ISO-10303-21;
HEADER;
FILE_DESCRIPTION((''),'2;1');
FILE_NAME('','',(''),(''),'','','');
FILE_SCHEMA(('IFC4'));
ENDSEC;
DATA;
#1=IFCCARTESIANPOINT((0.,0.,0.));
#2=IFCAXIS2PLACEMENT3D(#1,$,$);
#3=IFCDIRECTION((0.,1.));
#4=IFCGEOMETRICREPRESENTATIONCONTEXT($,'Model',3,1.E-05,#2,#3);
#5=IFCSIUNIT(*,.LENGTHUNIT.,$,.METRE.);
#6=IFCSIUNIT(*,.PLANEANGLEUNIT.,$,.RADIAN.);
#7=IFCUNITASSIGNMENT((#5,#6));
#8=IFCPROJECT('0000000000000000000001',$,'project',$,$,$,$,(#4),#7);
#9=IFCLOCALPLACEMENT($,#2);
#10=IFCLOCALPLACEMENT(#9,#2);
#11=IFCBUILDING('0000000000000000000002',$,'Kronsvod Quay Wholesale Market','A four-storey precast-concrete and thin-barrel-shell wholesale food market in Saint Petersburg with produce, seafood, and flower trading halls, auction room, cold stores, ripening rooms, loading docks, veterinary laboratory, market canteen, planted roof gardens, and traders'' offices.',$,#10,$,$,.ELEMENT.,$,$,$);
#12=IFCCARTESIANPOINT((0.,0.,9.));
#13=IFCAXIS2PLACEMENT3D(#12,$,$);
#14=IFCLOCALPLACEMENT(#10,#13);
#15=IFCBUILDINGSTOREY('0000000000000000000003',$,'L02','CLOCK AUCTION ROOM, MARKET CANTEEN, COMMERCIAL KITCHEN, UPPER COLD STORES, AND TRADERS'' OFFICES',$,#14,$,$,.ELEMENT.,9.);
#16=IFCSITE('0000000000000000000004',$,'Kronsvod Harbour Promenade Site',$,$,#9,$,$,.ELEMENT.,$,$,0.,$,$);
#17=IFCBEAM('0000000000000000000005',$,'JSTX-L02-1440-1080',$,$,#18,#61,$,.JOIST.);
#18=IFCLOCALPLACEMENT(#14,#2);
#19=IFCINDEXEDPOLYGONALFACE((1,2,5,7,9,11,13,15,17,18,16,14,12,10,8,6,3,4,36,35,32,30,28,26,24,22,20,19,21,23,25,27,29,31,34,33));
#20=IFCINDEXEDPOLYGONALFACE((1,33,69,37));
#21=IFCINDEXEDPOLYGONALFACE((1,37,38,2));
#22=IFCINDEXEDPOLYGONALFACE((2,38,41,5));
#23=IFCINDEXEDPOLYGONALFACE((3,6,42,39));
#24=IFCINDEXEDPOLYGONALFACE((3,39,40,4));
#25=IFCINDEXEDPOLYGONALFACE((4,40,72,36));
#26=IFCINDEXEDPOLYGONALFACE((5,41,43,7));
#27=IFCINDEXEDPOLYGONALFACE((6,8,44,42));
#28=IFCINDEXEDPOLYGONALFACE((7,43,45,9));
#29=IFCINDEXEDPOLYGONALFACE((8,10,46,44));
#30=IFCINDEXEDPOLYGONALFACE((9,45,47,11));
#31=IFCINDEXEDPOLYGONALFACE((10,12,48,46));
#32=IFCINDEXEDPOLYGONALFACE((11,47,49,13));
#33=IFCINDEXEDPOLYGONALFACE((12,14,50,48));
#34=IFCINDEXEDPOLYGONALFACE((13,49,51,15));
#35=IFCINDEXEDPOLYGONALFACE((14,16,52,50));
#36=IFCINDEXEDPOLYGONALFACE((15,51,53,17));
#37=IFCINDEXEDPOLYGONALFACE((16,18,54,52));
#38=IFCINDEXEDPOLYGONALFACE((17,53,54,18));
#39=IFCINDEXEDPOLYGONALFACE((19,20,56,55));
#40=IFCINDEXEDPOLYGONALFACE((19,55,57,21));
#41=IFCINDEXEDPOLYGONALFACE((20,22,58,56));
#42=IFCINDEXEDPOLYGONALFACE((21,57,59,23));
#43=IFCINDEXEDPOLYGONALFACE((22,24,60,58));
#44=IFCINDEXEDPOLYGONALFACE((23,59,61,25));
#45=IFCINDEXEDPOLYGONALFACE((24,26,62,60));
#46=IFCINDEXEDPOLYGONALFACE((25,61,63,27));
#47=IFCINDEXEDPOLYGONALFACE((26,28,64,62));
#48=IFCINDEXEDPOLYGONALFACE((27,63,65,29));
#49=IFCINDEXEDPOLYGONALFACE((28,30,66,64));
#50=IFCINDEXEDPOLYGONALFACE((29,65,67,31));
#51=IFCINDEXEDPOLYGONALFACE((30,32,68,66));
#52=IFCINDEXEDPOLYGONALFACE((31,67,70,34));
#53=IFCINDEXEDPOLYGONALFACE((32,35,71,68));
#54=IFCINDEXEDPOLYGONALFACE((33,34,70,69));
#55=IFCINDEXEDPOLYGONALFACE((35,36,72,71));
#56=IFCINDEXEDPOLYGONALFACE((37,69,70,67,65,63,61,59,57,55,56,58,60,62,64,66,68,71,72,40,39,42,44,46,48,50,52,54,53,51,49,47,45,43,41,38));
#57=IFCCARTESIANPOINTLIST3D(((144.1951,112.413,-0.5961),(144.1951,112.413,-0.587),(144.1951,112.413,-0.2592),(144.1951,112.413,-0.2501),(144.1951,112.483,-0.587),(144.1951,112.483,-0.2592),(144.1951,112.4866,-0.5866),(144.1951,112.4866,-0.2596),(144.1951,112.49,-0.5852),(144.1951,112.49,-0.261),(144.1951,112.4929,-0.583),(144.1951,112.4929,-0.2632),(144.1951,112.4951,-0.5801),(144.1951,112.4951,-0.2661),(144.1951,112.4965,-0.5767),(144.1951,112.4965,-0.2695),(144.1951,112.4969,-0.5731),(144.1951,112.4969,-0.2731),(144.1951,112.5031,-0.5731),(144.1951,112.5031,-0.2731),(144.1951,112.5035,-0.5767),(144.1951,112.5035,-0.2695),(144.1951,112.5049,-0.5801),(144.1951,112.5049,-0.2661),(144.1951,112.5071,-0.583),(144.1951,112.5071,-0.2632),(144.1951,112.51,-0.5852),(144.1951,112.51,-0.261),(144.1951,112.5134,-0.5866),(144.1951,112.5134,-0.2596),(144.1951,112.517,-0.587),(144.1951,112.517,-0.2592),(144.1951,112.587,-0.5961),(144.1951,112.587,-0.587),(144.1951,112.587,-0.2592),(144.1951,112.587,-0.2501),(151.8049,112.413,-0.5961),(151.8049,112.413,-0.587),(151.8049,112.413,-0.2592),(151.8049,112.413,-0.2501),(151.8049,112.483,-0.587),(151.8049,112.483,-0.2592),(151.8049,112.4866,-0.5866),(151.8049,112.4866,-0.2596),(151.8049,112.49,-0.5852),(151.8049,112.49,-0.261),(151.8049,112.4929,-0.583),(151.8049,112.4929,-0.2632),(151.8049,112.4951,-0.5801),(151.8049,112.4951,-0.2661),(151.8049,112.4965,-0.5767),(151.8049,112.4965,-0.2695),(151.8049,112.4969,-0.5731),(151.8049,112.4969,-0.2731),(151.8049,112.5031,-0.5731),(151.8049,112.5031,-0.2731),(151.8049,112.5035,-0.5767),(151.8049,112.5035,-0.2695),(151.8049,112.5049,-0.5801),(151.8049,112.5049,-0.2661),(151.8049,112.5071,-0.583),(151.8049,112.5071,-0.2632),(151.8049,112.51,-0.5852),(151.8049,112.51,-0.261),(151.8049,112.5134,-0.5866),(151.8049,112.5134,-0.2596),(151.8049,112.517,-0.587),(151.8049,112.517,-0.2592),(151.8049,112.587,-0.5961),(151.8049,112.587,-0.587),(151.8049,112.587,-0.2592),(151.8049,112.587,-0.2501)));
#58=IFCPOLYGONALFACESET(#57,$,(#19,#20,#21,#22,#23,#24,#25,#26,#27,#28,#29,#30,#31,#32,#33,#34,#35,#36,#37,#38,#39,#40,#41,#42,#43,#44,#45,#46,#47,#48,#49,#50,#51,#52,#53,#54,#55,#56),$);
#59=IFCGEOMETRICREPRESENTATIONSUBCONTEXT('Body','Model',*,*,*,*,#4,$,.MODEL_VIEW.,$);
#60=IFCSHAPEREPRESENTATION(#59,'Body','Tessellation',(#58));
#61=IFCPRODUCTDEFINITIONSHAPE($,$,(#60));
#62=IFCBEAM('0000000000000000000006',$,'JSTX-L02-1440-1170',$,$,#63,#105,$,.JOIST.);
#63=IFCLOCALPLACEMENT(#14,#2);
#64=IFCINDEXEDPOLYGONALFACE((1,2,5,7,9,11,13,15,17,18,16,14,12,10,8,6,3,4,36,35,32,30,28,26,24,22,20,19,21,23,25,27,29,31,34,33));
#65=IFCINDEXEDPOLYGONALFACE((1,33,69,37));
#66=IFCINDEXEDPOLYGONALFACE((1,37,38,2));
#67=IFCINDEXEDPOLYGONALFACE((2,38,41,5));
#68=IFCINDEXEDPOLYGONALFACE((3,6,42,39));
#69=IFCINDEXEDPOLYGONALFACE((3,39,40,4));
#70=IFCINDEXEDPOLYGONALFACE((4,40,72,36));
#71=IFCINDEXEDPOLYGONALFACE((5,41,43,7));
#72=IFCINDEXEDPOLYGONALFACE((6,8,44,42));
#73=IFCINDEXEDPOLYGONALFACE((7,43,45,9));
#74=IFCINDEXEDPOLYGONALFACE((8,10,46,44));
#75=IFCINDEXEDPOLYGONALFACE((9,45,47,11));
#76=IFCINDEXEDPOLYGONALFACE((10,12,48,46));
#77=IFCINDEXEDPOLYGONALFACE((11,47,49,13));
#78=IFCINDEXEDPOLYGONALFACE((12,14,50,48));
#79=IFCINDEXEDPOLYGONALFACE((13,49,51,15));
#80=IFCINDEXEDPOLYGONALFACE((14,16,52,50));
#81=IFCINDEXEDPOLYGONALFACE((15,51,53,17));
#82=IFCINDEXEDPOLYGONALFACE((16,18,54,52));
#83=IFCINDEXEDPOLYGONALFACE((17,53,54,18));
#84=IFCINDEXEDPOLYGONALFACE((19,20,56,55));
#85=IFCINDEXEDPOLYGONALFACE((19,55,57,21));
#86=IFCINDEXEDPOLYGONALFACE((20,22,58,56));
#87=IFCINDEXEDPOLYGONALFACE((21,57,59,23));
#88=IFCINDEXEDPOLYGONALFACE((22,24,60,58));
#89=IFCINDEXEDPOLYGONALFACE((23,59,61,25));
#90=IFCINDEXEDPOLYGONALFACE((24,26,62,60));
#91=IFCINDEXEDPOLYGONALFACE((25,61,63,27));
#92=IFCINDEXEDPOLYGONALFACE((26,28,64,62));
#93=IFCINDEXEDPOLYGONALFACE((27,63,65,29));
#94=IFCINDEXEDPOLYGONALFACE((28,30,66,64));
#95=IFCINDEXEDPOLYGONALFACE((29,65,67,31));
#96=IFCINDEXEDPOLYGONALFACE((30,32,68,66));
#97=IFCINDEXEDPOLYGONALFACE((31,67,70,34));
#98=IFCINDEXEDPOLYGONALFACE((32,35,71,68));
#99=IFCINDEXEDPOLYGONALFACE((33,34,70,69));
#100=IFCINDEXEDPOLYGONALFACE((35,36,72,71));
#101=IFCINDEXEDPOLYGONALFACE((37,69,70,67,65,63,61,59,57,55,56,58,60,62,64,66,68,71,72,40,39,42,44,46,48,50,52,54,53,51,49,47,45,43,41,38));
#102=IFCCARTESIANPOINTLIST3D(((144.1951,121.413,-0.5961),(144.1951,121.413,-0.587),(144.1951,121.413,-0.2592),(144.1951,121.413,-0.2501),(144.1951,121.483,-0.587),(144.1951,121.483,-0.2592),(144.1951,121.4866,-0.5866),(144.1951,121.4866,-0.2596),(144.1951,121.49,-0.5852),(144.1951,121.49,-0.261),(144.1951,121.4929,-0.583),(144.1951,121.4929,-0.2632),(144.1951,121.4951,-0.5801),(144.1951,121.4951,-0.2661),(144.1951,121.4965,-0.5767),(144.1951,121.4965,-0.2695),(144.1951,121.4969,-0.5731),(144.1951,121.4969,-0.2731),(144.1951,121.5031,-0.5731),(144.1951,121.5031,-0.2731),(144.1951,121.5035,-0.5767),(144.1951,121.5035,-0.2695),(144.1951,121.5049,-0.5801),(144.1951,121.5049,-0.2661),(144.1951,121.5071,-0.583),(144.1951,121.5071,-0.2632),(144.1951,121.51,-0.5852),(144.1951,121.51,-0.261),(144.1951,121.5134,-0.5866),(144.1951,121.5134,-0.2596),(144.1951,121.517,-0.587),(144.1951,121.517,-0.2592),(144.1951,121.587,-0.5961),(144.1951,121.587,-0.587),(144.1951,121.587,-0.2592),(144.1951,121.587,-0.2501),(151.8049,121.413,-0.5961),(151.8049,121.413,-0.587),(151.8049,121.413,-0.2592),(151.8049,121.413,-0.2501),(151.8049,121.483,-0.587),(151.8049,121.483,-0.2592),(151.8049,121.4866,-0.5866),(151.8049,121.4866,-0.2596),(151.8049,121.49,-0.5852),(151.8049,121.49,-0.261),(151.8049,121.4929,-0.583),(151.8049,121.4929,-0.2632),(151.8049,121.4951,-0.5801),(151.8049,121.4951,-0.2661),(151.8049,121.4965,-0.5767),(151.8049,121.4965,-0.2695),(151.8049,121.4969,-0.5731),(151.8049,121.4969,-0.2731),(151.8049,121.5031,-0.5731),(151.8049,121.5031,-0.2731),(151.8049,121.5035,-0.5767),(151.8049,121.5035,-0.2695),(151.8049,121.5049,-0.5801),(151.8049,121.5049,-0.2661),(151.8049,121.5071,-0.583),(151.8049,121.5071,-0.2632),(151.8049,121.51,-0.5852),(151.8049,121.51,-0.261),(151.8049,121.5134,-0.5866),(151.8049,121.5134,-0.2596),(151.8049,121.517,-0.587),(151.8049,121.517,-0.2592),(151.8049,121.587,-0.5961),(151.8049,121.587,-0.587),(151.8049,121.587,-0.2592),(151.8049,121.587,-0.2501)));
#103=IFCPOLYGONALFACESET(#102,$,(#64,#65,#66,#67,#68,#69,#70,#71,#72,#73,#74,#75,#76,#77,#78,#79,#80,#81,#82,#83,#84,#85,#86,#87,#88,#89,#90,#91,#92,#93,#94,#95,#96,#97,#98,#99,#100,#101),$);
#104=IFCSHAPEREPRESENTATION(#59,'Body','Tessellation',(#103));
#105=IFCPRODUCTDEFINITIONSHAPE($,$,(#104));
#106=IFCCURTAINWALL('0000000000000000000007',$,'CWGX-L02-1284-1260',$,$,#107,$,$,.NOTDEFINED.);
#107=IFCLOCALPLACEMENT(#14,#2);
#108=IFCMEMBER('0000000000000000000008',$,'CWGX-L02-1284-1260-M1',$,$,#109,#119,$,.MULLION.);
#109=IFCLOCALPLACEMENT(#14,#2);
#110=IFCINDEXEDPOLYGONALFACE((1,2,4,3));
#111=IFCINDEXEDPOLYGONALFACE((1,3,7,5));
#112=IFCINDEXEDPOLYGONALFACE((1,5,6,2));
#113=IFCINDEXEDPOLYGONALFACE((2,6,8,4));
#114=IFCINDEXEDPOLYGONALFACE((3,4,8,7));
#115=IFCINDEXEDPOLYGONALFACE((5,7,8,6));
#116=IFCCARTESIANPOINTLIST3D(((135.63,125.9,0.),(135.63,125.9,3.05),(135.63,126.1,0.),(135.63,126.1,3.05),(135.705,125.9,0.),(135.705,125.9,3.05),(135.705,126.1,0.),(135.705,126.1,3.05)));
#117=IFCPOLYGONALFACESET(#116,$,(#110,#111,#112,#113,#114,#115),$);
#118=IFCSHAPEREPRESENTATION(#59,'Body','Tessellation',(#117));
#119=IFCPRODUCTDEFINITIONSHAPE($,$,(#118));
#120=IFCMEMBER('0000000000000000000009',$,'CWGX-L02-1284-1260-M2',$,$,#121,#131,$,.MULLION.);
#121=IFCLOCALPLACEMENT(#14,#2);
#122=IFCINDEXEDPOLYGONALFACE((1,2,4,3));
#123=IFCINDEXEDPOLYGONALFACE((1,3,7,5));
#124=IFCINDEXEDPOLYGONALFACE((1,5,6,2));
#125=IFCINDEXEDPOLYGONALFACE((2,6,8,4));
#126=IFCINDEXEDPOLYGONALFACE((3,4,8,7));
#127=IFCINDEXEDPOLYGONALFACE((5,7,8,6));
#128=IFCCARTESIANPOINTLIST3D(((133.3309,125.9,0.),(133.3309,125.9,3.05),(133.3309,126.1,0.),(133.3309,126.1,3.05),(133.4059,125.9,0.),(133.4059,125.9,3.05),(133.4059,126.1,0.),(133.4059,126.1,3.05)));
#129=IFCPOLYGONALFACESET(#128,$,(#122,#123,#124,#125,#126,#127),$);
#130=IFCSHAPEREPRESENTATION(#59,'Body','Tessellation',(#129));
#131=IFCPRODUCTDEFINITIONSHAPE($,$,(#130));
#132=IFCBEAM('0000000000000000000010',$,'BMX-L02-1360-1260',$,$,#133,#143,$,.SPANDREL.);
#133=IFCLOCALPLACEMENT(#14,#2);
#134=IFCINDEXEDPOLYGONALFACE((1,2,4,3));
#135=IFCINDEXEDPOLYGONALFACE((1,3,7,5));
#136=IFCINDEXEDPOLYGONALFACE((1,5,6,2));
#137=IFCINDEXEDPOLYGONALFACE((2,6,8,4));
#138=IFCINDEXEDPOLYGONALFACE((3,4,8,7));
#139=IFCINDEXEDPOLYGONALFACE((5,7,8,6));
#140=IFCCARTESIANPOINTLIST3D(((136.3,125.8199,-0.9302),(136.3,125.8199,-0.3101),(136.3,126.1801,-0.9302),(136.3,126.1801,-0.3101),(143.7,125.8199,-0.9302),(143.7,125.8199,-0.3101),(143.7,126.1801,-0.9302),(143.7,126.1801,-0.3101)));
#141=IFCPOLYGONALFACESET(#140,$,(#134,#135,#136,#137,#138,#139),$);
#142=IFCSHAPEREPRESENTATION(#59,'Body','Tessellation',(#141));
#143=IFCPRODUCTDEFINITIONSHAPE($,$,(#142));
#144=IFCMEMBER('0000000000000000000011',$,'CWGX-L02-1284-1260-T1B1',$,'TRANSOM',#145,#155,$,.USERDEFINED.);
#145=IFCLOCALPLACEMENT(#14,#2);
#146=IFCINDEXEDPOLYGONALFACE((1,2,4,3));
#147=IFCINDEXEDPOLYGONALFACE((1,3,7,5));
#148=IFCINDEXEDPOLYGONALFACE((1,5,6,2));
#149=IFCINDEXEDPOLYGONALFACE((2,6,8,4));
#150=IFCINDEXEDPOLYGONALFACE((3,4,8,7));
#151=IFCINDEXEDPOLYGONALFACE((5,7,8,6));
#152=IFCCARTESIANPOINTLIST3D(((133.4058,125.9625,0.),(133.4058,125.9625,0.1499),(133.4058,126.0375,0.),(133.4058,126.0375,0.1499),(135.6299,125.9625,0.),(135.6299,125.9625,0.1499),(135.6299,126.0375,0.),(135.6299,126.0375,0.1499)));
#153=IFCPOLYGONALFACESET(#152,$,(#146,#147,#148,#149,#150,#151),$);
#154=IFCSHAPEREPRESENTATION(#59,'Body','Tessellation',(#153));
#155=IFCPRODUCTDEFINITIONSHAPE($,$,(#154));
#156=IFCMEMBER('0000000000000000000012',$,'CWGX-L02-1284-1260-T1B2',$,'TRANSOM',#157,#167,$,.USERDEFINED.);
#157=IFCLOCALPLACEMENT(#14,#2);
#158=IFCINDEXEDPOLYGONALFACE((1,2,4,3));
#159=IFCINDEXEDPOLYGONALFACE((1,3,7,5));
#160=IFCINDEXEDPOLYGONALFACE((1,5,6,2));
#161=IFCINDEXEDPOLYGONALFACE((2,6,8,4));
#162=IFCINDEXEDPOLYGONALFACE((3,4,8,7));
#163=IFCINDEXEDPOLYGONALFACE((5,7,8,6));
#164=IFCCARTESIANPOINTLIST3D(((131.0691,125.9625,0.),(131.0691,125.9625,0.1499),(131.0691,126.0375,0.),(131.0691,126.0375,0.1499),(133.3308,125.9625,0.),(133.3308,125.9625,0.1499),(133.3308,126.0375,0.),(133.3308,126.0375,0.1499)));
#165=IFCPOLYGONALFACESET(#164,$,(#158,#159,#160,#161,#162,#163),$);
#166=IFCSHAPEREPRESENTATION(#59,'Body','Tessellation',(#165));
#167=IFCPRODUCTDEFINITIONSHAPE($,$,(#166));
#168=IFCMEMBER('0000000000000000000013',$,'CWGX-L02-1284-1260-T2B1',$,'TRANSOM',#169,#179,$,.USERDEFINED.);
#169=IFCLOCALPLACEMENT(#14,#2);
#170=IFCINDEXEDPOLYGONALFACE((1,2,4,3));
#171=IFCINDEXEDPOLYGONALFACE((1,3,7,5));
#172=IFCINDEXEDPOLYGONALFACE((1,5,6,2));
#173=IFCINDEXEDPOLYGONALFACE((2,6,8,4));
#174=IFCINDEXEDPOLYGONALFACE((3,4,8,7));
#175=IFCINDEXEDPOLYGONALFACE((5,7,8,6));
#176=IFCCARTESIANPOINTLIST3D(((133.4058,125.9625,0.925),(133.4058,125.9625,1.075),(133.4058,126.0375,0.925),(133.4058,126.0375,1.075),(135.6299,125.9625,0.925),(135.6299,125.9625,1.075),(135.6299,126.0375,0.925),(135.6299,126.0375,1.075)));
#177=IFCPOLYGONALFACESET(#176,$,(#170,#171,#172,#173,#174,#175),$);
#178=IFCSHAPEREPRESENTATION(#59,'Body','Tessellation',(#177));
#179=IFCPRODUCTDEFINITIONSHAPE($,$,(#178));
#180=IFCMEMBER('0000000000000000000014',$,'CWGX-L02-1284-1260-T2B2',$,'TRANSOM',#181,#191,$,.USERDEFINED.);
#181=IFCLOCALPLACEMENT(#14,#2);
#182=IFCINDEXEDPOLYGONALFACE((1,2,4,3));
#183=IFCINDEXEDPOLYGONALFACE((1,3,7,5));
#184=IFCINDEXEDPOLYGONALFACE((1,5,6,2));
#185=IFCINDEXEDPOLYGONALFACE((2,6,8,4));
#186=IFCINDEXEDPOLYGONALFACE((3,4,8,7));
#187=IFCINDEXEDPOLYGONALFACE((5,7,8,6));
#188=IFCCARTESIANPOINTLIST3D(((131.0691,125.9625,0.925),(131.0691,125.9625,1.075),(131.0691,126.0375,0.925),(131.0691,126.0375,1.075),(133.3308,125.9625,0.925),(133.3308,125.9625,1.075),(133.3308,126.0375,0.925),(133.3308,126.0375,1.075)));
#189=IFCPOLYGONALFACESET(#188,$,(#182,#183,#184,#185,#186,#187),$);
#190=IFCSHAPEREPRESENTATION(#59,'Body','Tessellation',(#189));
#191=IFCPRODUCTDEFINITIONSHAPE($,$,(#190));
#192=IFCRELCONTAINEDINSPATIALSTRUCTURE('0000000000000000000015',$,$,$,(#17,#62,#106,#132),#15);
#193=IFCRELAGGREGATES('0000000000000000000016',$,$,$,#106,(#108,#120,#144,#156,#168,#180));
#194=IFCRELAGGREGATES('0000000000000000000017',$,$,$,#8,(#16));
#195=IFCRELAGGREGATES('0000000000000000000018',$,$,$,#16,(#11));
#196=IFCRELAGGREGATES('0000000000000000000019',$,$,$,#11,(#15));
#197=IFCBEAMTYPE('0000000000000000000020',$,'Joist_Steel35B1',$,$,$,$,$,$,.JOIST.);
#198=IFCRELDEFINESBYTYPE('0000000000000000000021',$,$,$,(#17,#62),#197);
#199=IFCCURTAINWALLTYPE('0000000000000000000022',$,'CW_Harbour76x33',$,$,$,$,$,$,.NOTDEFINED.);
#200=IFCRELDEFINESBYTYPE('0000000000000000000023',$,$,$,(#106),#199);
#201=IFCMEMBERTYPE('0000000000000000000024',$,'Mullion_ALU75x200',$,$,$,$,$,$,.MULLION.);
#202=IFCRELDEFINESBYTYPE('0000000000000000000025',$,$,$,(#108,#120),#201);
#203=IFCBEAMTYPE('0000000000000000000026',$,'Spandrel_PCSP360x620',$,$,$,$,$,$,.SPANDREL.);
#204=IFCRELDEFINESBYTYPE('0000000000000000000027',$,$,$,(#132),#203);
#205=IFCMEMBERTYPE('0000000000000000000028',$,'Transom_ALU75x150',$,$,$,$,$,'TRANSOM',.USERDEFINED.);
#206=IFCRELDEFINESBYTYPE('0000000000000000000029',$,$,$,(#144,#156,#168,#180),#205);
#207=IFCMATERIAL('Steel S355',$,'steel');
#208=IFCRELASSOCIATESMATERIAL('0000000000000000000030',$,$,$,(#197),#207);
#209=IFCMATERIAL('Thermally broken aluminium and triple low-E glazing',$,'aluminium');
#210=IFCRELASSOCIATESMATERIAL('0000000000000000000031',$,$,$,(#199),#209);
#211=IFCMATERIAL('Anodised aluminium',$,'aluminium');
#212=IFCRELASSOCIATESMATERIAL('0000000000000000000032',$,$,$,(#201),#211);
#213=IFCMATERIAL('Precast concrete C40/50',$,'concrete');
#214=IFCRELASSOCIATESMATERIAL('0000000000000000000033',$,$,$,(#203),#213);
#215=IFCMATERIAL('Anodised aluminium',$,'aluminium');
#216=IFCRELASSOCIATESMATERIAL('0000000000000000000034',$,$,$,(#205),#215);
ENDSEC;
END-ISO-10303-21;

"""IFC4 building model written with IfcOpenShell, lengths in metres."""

from ifc_helpers import new_model, si_unit, direction, frame, origin, origin_2d, place, context, subcontext, project, spatial, rectangle, i_section, extrude, material, material_profile, profile_set, type_object, element, aggregate, save


model = new_model("IFC4")

# Units and contexts
model_context = context("Model", 3, precision=1e-05, world=origin(), true_north=direction((0.0, 1.0)))
body_context = subcontext(model_context, "Body", "Model", "MODEL_VIEW")
ifc_project = project(units=[si_unit("LENGTHUNIT", "METRE"), si_unit("PLANEANGLEUNIT", "RADIAN")], contexts=[model_context])

# Site, building, storey
site_placement = place(None, origin())
site = spatial("IfcSite", under=ifc_project, at=site_placement, Name="Kronsvod Harbour Promenade Site", CompositionType="ELEMENT", RefElevation=0.0)
building_placement = place(site_placement, origin())
building = spatial("IfcBuilding", under=site, at=building_placement, Name="Kronsvod Quay Wholesale Market", Description="A four-storey precast-concrete and thin-barrel-shell wholesale food market in Saint Petersburg with produce, seafood, and flower trading halls, auction room, cold stores, ripening rooms, loading docks, veterinary laboratory, market canteen, planted roof gardens, and traders' offices.", CompositionType="ELEMENT")
storey_placement = place(building_placement, frame((0.0, 0.0, 9.0)))
storey = spatial("IfcBuildingStorey", under=building, at=storey_placement, Name="L02", Description="CLOCK AUCTION ROOM, MARKET CANTEEN, COMMERCIAL KITCHEN, UPPER COLD STORES, AND TRADERS' OFFICES", CompositionType="ELEMENT", Elevation=9.0)

# Beams
ifc_material_1 = material(Name="Steel S355", Category="steel")
ifc_material_profile_1 = material_profile(ifc_material_1, i_section(OverallWidth=0.1741, OverallDepth=0.3459, WebThickness=0.0061, FlangeThickness=0.009, FilletRadius=0.0139, at=origin_2d()), Name="35B1")
ifc_profile_set_1 = profile_set([ifc_material_profile_1], Name="Steel S355")
beam_type_1 = type_object("IfcBeamType", Name="Joist_Steel35B1", PredefinedType="JOIST", material=ifc_profile_set_1)
for number, where, z_axis, x_axis, name in (
    (1, (144.1951, 112.5, -0.4231), (1.0, 0.0, 0.0), (0.0, 1.0, 0.0), "JSTX-L02-1440-1080"),
    (2, (144.1951, 121.5, -0.4231), (1.0, 0.0, 0.0), (0.0, 1.0, 0.0), "JSTX-L02-1440-1170"),
):
    element("IfcBeam", number, at=place(storey_placement, frame(where, z_axis=z_axis, x_axis=x_axis)), inside=storey, type_object=beam_type_1, Name=name, PredefinedType="JOIST", context=body_context, shape_type="SweptSolid", body=[
        extrude(i_section(OverallWidth=0.1741, OverallDepth=0.3459, WebThickness=0.0061, FlangeThickness=0.009, FilletRadius=0.0139, at=origin_2d()), origin(), (0.0, 0.0, 1.0), 7.6099),
    ])

# Curtain wall, members
ifc_material_2 = material(Name="Thermally broken aluminium and triple low-E glazing", Category="aluminium")
curtain_wall_type = type_object("IfcCurtainWallType", Name="CW_Harbour76x33", PredefinedType="NOTDEFINED", material=ifc_material_2)
curtain_wall_placement = place(storey_placement, origin())
curtain_wall = element("IfcCurtainWall", 3, at=curtain_wall_placement, inside=storey, type_object=curtain_wall_type, Name="CWGX-L02-1284-1260", PredefinedType="NOTDEFINED")
ifc_material_3 = material(Name="Anodised aluminium", Category="aluminium")
ifc_material_profile_2 = material_profile(ifc_material_3, rectangle(XDim=0.075, YDim=0.2, at=origin_2d()), Name="ALUM75x200")
ifc_profile_set_2 = profile_set([ifc_material_profile_2], Name="Anodised aluminium")
member_type_1 = type_object("IfcMemberType", Name="Mullion_ALU75x200", PredefinedType="MULLION", material=ifc_profile_set_2)
member_1_placement = place(storey_placement, frame((135.6675, 126.0, 0.0), z_axis=(0.0, 0.0, 1.0), x_axis=(1.0, 0.0, 0.0)))
member_1 = element("IfcMember", 4, at=member_1_placement, type_object=member_type_1, Name="CWGX-L02-1284-1260-M1", PredefinedType="MULLION", context=body_context, shape_type="SweptSolid", body=[
    extrude(rectangle(XDim=0.075, YDim=0.2, at=origin_2d()), origin(), (0.0, 0.0, 1.0), 3.05),
])
member_2_placement = place(storey_placement, frame((133.3684, 126.0, 0.0), z_axis=(0.0, 0.0, 1.0), x_axis=(1.0, 0.0, 0.0)))
member_2 = element("IfcMember", 5, at=member_2_placement, type_object=member_type_1, Name="CWGX-L02-1284-1260-M2", PredefinedType="MULLION", context=body_context, shape_type="SweptSolid", body=[
    extrude(rectangle(XDim=0.075, YDim=0.2, at=origin_2d()), origin(), (0.0, 0.0, 1.0), 3.05),
])

# Beam
ifc_material_4 = material(Name="Precast concrete C40/50", Category="concrete")
ifc_material_profile_3 = material_profile(ifc_material_4, rectangle(XDim=0.3601, YDim=0.6201, at=origin_2d()), Name="SPB-02")
ifc_profile_set_3 = profile_set([ifc_material_profile_3], Name="Precast concrete C40/50")
beam_type_2 = type_object("IfcBeamType", Name="Spandrel_PCSP360x620", PredefinedType="SPANDREL", material=ifc_profile_set_3)
beam_placement = place(storey_placement, frame((136.3, 126.0, -0.6201), z_axis=(1.0, 0.0, 0.0), x_axis=(0.0, 1.0, 0.0)))
element("IfcBeam", 6, at=beam_placement, inside=storey, type_object=beam_type_2, Name="BMX-L02-1360-1260", PredefinedType="SPANDREL", context=body_context, shape_type="SweptSolid", body=[
    extrude(rectangle(XDim=0.3601, YDim=0.6201, at=origin_2d()), origin(), (0.0, 0.0, 1.0), 7.3999),
])

# Members
ifc_material_5 = material(Name="Anodised aluminium", Category="aluminium")
ifc_material_profile_4 = material_profile(ifc_material_5, rectangle(XDim=0.075, YDim=0.1499, at=origin_2d()), Name="ALUT75x150")
ifc_profile_set_4 = profile_set([ifc_material_profile_4], Name="Anodised aluminium")
member_type_2 = type_object("IfcMemberType", Name="Transom_ALU75x150", ElementType="TRANSOM", PredefinedType="USERDEFINED", material=ifc_profile_set_4)
member_3_placement = place(storey_placement, frame((135.6299, 126.0, 0.075), z_axis=(-1.0, 0.0, 0.0), x_axis=(0.0, -1.0, 0.0)))
member_3 = element("IfcMember", 7, at=member_3_placement, type_object=member_type_2, Name="CWGX-L02-1284-1260-T1B1", ObjectType="TRANSOM", PredefinedType="USERDEFINED", context=body_context, shape_type="SweptSolid", body=[
    extrude(rectangle(XDim=0.075, YDim=0.1499, at=origin_2d()), origin(), (0.0, 0.0, 1.0), 2.2241),
])
member_4_placement = place(storey_placement, frame((133.3308, 126.0, 0.075), z_axis=(-1.0, 0.0, 0.0), x_axis=(0.0, -1.0, 0.0)))
member_4 = element("IfcMember", 8, at=member_4_placement, type_object=member_type_2, Name="CWGX-L02-1284-1260-T1B2", ObjectType="TRANSOM", PredefinedType="USERDEFINED", context=body_context, shape_type="SweptSolid", body=[
    extrude(rectangle(XDim=0.075, YDim=0.1499, at=origin_2d()), origin(), (0.0, 0.0, 1.0), 2.2617),
])
member_5_placement = place(storey_placement, frame((135.6299, 126.0, 1.0), z_axis=(-1.0, 0.0, 0.0), x_axis=(0.0, -1.0, 0.0)))
member_5 = element("IfcMember", 9, at=member_5_placement, type_object=member_type_2, Name="CWGX-L02-1284-1260-T2B1", ObjectType="TRANSOM", PredefinedType="USERDEFINED", context=body_context, shape_type="SweptSolid", body=[
    extrude(rectangle(XDim=0.075, YDim=0.1499, at=origin_2d()), origin(), (0.0, 0.0, 1.0), 2.2241),
])
member_6_placement = place(storey_placement, frame((133.3308, 126.0, 1.0), z_axis=(-1.0, 0.0, 0.0), x_axis=(0.0, -1.0, 0.0)))
member_6 = element("IfcMember", 10, at=member_6_placement, type_object=member_type_2, Name="CWGX-L02-1284-1260-T2B2", ObjectType="TRANSOM", PredefinedType="USERDEFINED", context=body_context, shape_type="SweptSolid", body=[
    extrude(rectangle(XDim=0.075, YDim=0.1499, at=origin_2d()), origin(), (0.0, 0.0, 1.0), 2.2617),
])

aggregate(curtain_wall, [member_1, member_2, member_3, member_4, member_5, member_6])

save(model, "model.ifc")
